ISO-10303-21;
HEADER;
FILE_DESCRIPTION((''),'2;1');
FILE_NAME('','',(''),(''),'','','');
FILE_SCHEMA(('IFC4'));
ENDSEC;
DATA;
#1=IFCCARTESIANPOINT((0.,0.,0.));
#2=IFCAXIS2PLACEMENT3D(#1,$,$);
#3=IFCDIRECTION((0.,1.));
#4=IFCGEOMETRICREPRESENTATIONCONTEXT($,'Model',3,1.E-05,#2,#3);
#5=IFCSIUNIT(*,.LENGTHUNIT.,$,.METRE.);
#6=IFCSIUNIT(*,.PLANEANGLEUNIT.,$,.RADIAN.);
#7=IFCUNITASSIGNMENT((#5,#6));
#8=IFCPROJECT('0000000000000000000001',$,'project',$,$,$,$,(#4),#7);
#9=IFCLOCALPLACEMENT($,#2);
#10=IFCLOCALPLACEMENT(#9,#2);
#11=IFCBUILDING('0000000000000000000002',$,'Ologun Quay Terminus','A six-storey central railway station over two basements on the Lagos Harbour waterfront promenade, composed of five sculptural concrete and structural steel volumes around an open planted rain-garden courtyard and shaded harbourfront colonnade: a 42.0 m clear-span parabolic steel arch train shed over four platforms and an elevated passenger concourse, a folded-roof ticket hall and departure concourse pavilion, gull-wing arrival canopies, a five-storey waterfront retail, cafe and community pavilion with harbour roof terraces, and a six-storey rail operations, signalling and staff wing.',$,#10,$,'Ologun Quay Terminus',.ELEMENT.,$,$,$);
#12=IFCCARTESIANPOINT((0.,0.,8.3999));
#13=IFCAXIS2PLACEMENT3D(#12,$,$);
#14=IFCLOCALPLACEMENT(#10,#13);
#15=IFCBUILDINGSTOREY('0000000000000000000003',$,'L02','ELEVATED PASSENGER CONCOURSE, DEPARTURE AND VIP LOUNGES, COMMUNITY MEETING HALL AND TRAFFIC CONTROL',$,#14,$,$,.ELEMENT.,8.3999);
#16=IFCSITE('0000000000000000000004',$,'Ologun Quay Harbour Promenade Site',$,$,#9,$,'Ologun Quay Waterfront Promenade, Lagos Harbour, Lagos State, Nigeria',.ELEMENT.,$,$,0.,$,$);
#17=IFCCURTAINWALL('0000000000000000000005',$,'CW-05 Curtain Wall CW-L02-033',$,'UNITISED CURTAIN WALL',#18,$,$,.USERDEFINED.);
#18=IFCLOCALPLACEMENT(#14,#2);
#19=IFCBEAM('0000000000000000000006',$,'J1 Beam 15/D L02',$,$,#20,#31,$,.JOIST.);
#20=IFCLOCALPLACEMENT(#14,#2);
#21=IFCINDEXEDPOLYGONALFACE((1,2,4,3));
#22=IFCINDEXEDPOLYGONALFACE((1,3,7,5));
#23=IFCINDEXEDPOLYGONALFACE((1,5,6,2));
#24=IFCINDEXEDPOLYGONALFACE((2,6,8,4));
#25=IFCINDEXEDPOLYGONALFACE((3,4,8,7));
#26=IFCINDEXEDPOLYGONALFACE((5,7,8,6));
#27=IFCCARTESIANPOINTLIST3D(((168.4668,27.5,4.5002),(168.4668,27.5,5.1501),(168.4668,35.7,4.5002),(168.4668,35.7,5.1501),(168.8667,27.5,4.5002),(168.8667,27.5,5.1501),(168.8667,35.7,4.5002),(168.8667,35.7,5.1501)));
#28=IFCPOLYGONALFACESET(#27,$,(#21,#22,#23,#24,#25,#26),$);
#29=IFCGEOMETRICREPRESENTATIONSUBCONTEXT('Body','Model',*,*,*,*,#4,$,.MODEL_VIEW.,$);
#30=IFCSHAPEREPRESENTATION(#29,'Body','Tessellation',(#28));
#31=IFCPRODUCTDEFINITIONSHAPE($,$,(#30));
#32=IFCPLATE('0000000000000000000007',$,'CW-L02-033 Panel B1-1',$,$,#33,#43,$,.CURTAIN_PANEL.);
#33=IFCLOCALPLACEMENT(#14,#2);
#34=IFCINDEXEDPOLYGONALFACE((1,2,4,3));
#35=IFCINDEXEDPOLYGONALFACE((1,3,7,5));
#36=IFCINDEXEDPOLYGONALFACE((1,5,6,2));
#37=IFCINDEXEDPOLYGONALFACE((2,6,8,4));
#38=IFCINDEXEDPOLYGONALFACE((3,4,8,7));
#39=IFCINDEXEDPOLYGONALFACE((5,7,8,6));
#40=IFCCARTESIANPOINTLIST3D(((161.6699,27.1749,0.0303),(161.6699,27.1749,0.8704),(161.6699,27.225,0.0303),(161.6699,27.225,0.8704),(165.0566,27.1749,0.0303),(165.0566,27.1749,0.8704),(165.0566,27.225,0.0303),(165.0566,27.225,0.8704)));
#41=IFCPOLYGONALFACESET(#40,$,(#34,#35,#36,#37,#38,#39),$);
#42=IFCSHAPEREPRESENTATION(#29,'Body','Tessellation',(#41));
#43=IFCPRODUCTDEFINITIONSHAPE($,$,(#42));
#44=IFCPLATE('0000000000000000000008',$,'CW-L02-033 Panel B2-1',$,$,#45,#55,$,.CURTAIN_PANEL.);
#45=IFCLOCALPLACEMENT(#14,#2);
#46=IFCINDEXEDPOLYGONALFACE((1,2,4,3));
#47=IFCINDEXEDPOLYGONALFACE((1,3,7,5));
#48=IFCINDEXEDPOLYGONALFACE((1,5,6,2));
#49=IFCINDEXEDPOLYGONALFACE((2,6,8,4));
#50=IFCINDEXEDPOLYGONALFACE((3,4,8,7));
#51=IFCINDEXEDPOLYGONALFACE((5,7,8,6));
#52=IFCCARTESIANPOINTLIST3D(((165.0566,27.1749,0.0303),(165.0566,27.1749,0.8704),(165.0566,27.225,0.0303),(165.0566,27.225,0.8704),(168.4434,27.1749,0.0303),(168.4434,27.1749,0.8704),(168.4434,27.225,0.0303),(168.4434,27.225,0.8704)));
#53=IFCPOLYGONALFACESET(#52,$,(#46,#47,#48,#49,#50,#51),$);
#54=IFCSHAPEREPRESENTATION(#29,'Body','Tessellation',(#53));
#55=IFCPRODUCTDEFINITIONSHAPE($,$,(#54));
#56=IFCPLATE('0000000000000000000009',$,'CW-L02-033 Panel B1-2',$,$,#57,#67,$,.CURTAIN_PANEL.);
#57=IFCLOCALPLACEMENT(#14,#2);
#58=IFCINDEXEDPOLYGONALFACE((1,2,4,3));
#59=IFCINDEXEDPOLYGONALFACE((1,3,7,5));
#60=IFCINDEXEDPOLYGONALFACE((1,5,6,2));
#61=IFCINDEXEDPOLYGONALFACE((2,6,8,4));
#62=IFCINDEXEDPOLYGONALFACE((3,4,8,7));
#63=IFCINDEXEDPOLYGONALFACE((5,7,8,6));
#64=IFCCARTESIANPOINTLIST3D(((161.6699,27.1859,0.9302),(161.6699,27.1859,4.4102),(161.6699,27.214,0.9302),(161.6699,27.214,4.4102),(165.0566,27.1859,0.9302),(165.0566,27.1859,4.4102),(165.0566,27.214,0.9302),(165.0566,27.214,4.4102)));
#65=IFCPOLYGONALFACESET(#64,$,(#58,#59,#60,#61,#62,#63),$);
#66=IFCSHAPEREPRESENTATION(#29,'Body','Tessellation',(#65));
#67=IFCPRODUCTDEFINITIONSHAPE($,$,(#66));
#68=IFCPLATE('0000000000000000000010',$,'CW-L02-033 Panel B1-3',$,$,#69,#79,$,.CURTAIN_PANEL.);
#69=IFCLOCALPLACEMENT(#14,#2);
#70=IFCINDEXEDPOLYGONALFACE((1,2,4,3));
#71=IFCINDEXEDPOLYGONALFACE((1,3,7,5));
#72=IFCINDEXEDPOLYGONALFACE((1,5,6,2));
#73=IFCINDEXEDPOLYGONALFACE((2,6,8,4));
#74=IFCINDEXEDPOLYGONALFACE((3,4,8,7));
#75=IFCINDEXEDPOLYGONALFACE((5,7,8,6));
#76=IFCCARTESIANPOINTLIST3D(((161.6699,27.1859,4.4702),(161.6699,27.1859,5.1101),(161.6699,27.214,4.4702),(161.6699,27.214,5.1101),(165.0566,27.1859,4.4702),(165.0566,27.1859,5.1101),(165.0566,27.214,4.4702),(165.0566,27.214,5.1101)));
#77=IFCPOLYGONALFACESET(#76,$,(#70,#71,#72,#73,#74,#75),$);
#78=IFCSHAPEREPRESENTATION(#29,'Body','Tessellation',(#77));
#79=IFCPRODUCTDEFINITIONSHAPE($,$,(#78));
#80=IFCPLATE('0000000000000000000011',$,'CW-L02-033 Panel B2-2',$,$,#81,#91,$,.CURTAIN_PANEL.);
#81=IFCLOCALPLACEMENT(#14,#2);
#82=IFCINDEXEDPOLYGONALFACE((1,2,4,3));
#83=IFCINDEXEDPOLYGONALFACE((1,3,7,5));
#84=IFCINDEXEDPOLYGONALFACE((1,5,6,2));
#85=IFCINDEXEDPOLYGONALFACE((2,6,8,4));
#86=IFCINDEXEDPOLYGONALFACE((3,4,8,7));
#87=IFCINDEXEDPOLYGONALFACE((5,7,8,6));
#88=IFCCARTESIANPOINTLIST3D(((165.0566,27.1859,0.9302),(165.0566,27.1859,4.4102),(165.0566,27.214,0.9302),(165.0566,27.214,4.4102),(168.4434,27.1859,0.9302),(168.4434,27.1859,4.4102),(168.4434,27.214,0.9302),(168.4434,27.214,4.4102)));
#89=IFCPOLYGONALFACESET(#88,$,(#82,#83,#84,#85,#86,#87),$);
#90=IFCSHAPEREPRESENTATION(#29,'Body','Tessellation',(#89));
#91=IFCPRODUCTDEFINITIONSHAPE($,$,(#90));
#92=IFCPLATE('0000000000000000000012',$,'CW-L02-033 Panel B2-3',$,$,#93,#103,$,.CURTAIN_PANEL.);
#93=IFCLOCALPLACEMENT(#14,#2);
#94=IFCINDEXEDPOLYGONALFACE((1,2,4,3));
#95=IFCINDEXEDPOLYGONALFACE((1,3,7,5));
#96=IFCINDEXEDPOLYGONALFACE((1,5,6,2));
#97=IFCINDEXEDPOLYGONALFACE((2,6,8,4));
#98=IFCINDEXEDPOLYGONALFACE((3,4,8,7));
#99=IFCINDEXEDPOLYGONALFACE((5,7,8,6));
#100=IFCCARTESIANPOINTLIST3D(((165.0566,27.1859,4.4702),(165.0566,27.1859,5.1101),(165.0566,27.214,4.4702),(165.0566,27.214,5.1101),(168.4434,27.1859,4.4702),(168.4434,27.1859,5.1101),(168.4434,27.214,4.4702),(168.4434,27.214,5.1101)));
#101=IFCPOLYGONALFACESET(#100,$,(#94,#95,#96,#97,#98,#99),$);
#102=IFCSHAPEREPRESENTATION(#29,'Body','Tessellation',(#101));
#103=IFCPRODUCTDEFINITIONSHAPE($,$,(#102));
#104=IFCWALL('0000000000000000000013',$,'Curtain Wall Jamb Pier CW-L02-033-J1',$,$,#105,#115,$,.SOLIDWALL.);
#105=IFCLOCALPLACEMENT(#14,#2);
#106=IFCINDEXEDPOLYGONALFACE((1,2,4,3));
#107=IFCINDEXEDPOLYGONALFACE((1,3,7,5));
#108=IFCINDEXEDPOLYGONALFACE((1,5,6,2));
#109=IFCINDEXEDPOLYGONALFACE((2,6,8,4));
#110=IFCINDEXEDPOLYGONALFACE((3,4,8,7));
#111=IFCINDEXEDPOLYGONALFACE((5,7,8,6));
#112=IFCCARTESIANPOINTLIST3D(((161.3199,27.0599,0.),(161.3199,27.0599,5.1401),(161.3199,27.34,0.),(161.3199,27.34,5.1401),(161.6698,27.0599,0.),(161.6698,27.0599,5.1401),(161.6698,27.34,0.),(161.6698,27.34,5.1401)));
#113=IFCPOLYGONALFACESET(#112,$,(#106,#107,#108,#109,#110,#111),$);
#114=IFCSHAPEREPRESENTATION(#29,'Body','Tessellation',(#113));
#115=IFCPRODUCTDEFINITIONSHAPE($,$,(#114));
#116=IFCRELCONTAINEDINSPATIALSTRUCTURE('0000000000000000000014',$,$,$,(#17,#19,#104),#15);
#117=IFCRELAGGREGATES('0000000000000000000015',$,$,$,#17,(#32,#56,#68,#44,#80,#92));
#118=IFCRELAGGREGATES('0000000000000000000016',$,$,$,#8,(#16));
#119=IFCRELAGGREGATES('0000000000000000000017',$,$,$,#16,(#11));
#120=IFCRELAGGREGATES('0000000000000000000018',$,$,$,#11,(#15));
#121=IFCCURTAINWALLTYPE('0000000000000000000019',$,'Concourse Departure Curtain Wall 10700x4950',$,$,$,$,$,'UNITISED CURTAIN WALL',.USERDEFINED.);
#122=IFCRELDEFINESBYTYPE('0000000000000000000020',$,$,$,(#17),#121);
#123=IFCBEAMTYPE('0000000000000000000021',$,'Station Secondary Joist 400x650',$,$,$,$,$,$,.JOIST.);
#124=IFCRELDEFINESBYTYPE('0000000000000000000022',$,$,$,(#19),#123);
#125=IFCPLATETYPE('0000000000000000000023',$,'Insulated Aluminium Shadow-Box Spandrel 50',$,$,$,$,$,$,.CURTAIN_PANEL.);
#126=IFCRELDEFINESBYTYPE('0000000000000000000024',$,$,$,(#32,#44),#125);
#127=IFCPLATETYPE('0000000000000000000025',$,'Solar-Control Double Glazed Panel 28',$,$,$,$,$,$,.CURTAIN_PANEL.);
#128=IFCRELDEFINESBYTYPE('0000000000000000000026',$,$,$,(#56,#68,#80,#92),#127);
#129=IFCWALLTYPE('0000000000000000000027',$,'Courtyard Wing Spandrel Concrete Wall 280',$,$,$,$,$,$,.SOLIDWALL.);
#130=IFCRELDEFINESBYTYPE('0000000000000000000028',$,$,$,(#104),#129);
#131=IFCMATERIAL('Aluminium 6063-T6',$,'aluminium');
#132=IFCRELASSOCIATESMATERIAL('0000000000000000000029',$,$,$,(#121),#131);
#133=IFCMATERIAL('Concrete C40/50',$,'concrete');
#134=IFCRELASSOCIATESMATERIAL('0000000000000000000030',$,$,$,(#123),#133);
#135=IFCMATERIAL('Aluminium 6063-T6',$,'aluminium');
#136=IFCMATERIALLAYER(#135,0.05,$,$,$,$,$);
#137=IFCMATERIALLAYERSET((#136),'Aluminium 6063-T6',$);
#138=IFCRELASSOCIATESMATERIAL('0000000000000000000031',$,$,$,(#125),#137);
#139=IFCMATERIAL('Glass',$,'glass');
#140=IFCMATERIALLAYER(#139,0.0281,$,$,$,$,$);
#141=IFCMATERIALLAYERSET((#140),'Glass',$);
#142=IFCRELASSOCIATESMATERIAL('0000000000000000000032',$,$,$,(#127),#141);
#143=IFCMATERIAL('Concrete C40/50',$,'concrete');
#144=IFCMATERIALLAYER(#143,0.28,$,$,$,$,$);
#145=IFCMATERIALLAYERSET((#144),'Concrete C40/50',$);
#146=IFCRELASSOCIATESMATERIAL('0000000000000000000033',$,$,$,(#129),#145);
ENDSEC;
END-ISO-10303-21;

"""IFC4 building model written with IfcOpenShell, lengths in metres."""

from ifc_helpers import new_model, si_unit, direction, frame, frame_2d, origin, origin_2d, place, context, subcontext, project, spatial, rectangle, extrude, material, layer, layer_set, material_profile, profile_set, type_object, element, aggregate, save


model = new_model("IFC4")

# Units and contexts
model_context = context("Model", 3, precision=1e-05, world=origin(), true_north=direction((0.0, 1.0)))
body_context = subcontext(model_context, "Body", "Model", "MODEL_VIEW")
ifc_project = project(units=[si_unit("LENGTHUNIT", "METRE"), si_unit("PLANEANGLEUNIT", "RADIAN")], contexts=[model_context])

# Site, building, storey
site_placement = place(None, origin())
site = spatial("IfcSite", under=ifc_project, at=site_placement, Name="Ologun Quay Harbour Promenade Site", LongName="Ologun Quay Waterfront Promenade, Lagos Harbour, Lagos State, Nigeria", CompositionType="ELEMENT", RefElevation=0.0)
building_placement = place(site_placement, origin())
building = spatial("IfcBuilding", under=site, at=building_placement, Name="Ologun Quay Terminus", Description="A six-storey central railway station over two basements on the Lagos Harbour waterfront promenade, composed of five sculptural concrete and structural steel volumes around an open planted rain-garden courtyard and shaded harbourfront colonnade: a 42.0 m clear-span parabolic steel arch train shed over four platforms and an elevated passenger concourse, a folded-roof ticket hall and departure concourse pavilion, gull-wing arrival canopies, a five-storey waterfront retail, cafe and community pavilion with harbour roof terraces, and a six-storey rail operations, signalling and staff wing.", LongName="Ologun Quay Terminus", CompositionType="ELEMENT")
storey_placement = place(building_placement, frame((0.0, 0.0, 8.3999)))
storey = spatial("IfcBuildingStorey", under=building, at=storey_placement, Name="L02", Description="ELEVATED PASSENGER CONCOURSE, DEPARTURE AND VIP LOUNGES, COMMUNITY MEETING HALL AND TRAFFIC CONTROL", CompositionType="ELEMENT", Elevation=8.3999)

# Curtain wall
ifc_material_1 = material(Name="Aluminium 6063-T6", Category="aluminium")
curtain_wall_type = type_object("IfcCurtainWallType", Name="Concourse Departure Curtain Wall 10700x4950", ElementType="UNITISED CURTAIN WALL", PredefinedType="USERDEFINED", material=ifc_material_1)
curtain_wall_placement = place(storey_placement, origin())
curtain_wall = element("IfcCurtainWall", 1, at=curtain_wall_placement, inside=storey, type_object=curtain_wall_type, Name="CW-05 Curtain Wall CW-L02-033", ObjectType="UNITISED CURTAIN WALL", PredefinedType="USERDEFINED")

# Beam
ifc_material_2 = material(Name="Concrete C40/50", Category="concrete")
ifc_material_profile_1 = material_profile(ifc_material_2, rectangle(XDim=0.3999, YDim=0.6499, at=origin_2d()), Name="RC 400x650")
ifc_profile_set_1 = profile_set([ifc_material_profile_1], Name="Concrete C40/50")
beam_type_1 = type_object("IfcBeamType", Name="Station Secondary Joist 400x650", PredefinedType="JOIST", material=ifc_profile_set_1)
for number, where, z_axis, x_axis, name in (
    (2, (168.6667, 27.5, 4.8252), (0.0, 1.0, 0.0), (-1.0, 0.0, 0.0), "J1 Beam 15/D L02"),
):
    element("IfcBeam", number, at=place(storey_placement, frame(where, z_axis=z_axis, x_axis=x_axis)), inside=storey, type_object=beam_type_1, Name=name, PredefinedType="JOIST", context=body_context, shape_type="SweptSolid", body=[
        extrude(rectangle(XDim=0.3999, YDim=0.6499, at=origin_2d()), origin(), (0.0, 0.0, 1.0), 8.2),
    ])

# Plates
ifc_material_3 = material(Name="Aluminium 6063-T6", Category="aluminium")
ifc_layer_1 = layer(ifc_material_3, 0.05)
ifc_layer_set_1 = layer_set([ifc_layer_1], Name="Aluminium 6063-T6")
plate_type_1 = type_object("IfcPlateType", Name="Insulated Aluminium Shadow-Box Spandrel 50", PredefinedType="CURTAIN_PANEL", material=ifc_layer_set_1)
plate_1_placement = place(storey_placement, frame((163.3633, 27.2, 0.0303), z_axis=(0.0, 0.0, 1.0), x_axis=(1.0, 0.0, 0.0)))
plate_1 = element("IfcPlate", 3, at=plate_1_placement, type_object=plate_type_1, Name="CW-L02-033 Panel B1-1", PredefinedType="CURTAIN_PANEL", context=body_context, shape_type="SweptSolid", body=[
    extrude(rectangle(XDim=3.3867, YDim=0.05, at=origin_2d()), origin(), (0.0, 0.0, 1.0), 0.8401),
])
plate_2_placement = place(storey_placement, frame((166.75, 27.2, 0.0303), z_axis=(0.0, 0.0, 1.0), x_axis=(1.0, 0.0, 0.0)))
plate_2 = element("IfcPlate", 4, at=plate_2_placement, type_object=plate_type_1, Name="CW-L02-033 Panel B2-1", PredefinedType="CURTAIN_PANEL", context=body_context, shape_type="SweptSolid", body=[
    extrude(rectangle(XDim=3.3867, YDim=0.05, at=origin_2d()), origin(), (0.0, 0.0, 1.0), 0.8401),
])
ifc_material_4 = material(Name="Glass", Category="glass")
ifc_layer_2 = layer(ifc_material_4, 0.0281)
ifc_layer_set_2 = layer_set([ifc_layer_2], Name="Glass")
plate_type_2 = type_object("IfcPlateType", Name="Solar-Control Double Glazed Panel 28", PredefinedType="CURTAIN_PANEL", material=ifc_layer_set_2)
plate_3_placement = place(storey_placement, frame((163.3633, 27.2, 0.9302), z_axis=(0.0, 0.0, 1.0), x_axis=(1.0, 0.0, 0.0)))
plate_3 = element("IfcPlate", 5, at=plate_3_placement, type_object=plate_type_2, Name="CW-L02-033 Panel B1-2", PredefinedType="CURTAIN_PANEL", context=body_context, shape_type="SweptSolid", body=[
    extrude(rectangle(XDim=3.3867, YDim=0.0281, at=origin_2d()), origin(), (0.0, 0.0, 1.0), 3.48),
])
plate_4_placement = place(storey_placement, frame((163.3633, 27.2, 4.4702), z_axis=(0.0, 0.0, 1.0), x_axis=(1.0, 0.0, 0.0)))
plate_4 = element("IfcPlate", 6, at=plate_4_placement, type_object=plate_type_2, Name="CW-L02-033 Panel B1-3", PredefinedType="CURTAIN_PANEL", context=body_context, shape_type="SweptSolid", body=[
    extrude(rectangle(XDim=3.3867, YDim=0.0281, at=origin_2d()), origin(), (0.0, 0.0, 1.0), 0.6399),
])
plate_5_placement = place(storey_placement, frame((166.75, 27.2, 0.9302), z_axis=(0.0, 0.0, 1.0), x_axis=(1.0, 0.0, 0.0)))
plate_5 = element("IfcPlate", 7, at=plate_5_placement, type_object=plate_type_2, Name="CW-L02-033 Panel B2-2", PredefinedType="CURTAIN_PANEL", context=body_context, shape_type="SweptSolid", body=[
    extrude(rectangle(XDim=3.3867, YDim=0.0281, at=origin_2d()), origin(), (0.0, 0.0, 1.0), 3.48),
])
plate_6_placement = place(storey_placement, frame((166.75, 27.2, 4.4702), z_axis=(0.0, 0.0, 1.0), x_axis=(1.0, 0.0, 0.0)))
plate_6 = element("IfcPlate", 8, at=plate_6_placement, type_object=plate_type_2, Name="CW-L02-033 Panel B2-3", PredefinedType="CURTAIN_PANEL", context=body_context, shape_type="SweptSolid", body=[
    extrude(rectangle(XDim=3.3867, YDim=0.0281, at=origin_2d()), origin(), (0.0, 0.0, 1.0), 0.6399),
])
aggregate(curtain_wall, [plate_1, plate_3, plate_4, plate_2, plate_5, plate_6])

# Wall
ifc_material_5 = material(Name="Concrete C40/50", Category="concrete")
ifc_layer_3 = layer(ifc_material_5, 0.28)
ifc_layer_set_3 = layer_set([ifc_layer_3], Name="Concrete C40/50")
wall_type = type_object("IfcWallType", Name="Courtyard Wing Spandrel Concrete Wall 280", PredefinedType="SOLIDWALL", material=ifc_layer_set_3)
wall_placement = place(storey_placement, frame((161.3201, 27.2, 0.0), z_axis=(0.0, 0.0, 1.0), x_axis=(1.0, 0.0, 0.0)))
element("IfcWall", 9, at=wall_placement, inside=storey, type_object=wall_type, Name="Curtain Wall Jamb Pier CW-L02-033-J1", PredefinedType="SOLIDWALL", context=body_context, shape_type="SweptSolid", body=[
    extrude(rectangle(XDim=0.3499, YDim=0.28, at=frame_2d((0.1748, 0.0))), origin(), (0.0, 0.0, 1.0), 5.1401),
])

save(model, "model.ifc")
